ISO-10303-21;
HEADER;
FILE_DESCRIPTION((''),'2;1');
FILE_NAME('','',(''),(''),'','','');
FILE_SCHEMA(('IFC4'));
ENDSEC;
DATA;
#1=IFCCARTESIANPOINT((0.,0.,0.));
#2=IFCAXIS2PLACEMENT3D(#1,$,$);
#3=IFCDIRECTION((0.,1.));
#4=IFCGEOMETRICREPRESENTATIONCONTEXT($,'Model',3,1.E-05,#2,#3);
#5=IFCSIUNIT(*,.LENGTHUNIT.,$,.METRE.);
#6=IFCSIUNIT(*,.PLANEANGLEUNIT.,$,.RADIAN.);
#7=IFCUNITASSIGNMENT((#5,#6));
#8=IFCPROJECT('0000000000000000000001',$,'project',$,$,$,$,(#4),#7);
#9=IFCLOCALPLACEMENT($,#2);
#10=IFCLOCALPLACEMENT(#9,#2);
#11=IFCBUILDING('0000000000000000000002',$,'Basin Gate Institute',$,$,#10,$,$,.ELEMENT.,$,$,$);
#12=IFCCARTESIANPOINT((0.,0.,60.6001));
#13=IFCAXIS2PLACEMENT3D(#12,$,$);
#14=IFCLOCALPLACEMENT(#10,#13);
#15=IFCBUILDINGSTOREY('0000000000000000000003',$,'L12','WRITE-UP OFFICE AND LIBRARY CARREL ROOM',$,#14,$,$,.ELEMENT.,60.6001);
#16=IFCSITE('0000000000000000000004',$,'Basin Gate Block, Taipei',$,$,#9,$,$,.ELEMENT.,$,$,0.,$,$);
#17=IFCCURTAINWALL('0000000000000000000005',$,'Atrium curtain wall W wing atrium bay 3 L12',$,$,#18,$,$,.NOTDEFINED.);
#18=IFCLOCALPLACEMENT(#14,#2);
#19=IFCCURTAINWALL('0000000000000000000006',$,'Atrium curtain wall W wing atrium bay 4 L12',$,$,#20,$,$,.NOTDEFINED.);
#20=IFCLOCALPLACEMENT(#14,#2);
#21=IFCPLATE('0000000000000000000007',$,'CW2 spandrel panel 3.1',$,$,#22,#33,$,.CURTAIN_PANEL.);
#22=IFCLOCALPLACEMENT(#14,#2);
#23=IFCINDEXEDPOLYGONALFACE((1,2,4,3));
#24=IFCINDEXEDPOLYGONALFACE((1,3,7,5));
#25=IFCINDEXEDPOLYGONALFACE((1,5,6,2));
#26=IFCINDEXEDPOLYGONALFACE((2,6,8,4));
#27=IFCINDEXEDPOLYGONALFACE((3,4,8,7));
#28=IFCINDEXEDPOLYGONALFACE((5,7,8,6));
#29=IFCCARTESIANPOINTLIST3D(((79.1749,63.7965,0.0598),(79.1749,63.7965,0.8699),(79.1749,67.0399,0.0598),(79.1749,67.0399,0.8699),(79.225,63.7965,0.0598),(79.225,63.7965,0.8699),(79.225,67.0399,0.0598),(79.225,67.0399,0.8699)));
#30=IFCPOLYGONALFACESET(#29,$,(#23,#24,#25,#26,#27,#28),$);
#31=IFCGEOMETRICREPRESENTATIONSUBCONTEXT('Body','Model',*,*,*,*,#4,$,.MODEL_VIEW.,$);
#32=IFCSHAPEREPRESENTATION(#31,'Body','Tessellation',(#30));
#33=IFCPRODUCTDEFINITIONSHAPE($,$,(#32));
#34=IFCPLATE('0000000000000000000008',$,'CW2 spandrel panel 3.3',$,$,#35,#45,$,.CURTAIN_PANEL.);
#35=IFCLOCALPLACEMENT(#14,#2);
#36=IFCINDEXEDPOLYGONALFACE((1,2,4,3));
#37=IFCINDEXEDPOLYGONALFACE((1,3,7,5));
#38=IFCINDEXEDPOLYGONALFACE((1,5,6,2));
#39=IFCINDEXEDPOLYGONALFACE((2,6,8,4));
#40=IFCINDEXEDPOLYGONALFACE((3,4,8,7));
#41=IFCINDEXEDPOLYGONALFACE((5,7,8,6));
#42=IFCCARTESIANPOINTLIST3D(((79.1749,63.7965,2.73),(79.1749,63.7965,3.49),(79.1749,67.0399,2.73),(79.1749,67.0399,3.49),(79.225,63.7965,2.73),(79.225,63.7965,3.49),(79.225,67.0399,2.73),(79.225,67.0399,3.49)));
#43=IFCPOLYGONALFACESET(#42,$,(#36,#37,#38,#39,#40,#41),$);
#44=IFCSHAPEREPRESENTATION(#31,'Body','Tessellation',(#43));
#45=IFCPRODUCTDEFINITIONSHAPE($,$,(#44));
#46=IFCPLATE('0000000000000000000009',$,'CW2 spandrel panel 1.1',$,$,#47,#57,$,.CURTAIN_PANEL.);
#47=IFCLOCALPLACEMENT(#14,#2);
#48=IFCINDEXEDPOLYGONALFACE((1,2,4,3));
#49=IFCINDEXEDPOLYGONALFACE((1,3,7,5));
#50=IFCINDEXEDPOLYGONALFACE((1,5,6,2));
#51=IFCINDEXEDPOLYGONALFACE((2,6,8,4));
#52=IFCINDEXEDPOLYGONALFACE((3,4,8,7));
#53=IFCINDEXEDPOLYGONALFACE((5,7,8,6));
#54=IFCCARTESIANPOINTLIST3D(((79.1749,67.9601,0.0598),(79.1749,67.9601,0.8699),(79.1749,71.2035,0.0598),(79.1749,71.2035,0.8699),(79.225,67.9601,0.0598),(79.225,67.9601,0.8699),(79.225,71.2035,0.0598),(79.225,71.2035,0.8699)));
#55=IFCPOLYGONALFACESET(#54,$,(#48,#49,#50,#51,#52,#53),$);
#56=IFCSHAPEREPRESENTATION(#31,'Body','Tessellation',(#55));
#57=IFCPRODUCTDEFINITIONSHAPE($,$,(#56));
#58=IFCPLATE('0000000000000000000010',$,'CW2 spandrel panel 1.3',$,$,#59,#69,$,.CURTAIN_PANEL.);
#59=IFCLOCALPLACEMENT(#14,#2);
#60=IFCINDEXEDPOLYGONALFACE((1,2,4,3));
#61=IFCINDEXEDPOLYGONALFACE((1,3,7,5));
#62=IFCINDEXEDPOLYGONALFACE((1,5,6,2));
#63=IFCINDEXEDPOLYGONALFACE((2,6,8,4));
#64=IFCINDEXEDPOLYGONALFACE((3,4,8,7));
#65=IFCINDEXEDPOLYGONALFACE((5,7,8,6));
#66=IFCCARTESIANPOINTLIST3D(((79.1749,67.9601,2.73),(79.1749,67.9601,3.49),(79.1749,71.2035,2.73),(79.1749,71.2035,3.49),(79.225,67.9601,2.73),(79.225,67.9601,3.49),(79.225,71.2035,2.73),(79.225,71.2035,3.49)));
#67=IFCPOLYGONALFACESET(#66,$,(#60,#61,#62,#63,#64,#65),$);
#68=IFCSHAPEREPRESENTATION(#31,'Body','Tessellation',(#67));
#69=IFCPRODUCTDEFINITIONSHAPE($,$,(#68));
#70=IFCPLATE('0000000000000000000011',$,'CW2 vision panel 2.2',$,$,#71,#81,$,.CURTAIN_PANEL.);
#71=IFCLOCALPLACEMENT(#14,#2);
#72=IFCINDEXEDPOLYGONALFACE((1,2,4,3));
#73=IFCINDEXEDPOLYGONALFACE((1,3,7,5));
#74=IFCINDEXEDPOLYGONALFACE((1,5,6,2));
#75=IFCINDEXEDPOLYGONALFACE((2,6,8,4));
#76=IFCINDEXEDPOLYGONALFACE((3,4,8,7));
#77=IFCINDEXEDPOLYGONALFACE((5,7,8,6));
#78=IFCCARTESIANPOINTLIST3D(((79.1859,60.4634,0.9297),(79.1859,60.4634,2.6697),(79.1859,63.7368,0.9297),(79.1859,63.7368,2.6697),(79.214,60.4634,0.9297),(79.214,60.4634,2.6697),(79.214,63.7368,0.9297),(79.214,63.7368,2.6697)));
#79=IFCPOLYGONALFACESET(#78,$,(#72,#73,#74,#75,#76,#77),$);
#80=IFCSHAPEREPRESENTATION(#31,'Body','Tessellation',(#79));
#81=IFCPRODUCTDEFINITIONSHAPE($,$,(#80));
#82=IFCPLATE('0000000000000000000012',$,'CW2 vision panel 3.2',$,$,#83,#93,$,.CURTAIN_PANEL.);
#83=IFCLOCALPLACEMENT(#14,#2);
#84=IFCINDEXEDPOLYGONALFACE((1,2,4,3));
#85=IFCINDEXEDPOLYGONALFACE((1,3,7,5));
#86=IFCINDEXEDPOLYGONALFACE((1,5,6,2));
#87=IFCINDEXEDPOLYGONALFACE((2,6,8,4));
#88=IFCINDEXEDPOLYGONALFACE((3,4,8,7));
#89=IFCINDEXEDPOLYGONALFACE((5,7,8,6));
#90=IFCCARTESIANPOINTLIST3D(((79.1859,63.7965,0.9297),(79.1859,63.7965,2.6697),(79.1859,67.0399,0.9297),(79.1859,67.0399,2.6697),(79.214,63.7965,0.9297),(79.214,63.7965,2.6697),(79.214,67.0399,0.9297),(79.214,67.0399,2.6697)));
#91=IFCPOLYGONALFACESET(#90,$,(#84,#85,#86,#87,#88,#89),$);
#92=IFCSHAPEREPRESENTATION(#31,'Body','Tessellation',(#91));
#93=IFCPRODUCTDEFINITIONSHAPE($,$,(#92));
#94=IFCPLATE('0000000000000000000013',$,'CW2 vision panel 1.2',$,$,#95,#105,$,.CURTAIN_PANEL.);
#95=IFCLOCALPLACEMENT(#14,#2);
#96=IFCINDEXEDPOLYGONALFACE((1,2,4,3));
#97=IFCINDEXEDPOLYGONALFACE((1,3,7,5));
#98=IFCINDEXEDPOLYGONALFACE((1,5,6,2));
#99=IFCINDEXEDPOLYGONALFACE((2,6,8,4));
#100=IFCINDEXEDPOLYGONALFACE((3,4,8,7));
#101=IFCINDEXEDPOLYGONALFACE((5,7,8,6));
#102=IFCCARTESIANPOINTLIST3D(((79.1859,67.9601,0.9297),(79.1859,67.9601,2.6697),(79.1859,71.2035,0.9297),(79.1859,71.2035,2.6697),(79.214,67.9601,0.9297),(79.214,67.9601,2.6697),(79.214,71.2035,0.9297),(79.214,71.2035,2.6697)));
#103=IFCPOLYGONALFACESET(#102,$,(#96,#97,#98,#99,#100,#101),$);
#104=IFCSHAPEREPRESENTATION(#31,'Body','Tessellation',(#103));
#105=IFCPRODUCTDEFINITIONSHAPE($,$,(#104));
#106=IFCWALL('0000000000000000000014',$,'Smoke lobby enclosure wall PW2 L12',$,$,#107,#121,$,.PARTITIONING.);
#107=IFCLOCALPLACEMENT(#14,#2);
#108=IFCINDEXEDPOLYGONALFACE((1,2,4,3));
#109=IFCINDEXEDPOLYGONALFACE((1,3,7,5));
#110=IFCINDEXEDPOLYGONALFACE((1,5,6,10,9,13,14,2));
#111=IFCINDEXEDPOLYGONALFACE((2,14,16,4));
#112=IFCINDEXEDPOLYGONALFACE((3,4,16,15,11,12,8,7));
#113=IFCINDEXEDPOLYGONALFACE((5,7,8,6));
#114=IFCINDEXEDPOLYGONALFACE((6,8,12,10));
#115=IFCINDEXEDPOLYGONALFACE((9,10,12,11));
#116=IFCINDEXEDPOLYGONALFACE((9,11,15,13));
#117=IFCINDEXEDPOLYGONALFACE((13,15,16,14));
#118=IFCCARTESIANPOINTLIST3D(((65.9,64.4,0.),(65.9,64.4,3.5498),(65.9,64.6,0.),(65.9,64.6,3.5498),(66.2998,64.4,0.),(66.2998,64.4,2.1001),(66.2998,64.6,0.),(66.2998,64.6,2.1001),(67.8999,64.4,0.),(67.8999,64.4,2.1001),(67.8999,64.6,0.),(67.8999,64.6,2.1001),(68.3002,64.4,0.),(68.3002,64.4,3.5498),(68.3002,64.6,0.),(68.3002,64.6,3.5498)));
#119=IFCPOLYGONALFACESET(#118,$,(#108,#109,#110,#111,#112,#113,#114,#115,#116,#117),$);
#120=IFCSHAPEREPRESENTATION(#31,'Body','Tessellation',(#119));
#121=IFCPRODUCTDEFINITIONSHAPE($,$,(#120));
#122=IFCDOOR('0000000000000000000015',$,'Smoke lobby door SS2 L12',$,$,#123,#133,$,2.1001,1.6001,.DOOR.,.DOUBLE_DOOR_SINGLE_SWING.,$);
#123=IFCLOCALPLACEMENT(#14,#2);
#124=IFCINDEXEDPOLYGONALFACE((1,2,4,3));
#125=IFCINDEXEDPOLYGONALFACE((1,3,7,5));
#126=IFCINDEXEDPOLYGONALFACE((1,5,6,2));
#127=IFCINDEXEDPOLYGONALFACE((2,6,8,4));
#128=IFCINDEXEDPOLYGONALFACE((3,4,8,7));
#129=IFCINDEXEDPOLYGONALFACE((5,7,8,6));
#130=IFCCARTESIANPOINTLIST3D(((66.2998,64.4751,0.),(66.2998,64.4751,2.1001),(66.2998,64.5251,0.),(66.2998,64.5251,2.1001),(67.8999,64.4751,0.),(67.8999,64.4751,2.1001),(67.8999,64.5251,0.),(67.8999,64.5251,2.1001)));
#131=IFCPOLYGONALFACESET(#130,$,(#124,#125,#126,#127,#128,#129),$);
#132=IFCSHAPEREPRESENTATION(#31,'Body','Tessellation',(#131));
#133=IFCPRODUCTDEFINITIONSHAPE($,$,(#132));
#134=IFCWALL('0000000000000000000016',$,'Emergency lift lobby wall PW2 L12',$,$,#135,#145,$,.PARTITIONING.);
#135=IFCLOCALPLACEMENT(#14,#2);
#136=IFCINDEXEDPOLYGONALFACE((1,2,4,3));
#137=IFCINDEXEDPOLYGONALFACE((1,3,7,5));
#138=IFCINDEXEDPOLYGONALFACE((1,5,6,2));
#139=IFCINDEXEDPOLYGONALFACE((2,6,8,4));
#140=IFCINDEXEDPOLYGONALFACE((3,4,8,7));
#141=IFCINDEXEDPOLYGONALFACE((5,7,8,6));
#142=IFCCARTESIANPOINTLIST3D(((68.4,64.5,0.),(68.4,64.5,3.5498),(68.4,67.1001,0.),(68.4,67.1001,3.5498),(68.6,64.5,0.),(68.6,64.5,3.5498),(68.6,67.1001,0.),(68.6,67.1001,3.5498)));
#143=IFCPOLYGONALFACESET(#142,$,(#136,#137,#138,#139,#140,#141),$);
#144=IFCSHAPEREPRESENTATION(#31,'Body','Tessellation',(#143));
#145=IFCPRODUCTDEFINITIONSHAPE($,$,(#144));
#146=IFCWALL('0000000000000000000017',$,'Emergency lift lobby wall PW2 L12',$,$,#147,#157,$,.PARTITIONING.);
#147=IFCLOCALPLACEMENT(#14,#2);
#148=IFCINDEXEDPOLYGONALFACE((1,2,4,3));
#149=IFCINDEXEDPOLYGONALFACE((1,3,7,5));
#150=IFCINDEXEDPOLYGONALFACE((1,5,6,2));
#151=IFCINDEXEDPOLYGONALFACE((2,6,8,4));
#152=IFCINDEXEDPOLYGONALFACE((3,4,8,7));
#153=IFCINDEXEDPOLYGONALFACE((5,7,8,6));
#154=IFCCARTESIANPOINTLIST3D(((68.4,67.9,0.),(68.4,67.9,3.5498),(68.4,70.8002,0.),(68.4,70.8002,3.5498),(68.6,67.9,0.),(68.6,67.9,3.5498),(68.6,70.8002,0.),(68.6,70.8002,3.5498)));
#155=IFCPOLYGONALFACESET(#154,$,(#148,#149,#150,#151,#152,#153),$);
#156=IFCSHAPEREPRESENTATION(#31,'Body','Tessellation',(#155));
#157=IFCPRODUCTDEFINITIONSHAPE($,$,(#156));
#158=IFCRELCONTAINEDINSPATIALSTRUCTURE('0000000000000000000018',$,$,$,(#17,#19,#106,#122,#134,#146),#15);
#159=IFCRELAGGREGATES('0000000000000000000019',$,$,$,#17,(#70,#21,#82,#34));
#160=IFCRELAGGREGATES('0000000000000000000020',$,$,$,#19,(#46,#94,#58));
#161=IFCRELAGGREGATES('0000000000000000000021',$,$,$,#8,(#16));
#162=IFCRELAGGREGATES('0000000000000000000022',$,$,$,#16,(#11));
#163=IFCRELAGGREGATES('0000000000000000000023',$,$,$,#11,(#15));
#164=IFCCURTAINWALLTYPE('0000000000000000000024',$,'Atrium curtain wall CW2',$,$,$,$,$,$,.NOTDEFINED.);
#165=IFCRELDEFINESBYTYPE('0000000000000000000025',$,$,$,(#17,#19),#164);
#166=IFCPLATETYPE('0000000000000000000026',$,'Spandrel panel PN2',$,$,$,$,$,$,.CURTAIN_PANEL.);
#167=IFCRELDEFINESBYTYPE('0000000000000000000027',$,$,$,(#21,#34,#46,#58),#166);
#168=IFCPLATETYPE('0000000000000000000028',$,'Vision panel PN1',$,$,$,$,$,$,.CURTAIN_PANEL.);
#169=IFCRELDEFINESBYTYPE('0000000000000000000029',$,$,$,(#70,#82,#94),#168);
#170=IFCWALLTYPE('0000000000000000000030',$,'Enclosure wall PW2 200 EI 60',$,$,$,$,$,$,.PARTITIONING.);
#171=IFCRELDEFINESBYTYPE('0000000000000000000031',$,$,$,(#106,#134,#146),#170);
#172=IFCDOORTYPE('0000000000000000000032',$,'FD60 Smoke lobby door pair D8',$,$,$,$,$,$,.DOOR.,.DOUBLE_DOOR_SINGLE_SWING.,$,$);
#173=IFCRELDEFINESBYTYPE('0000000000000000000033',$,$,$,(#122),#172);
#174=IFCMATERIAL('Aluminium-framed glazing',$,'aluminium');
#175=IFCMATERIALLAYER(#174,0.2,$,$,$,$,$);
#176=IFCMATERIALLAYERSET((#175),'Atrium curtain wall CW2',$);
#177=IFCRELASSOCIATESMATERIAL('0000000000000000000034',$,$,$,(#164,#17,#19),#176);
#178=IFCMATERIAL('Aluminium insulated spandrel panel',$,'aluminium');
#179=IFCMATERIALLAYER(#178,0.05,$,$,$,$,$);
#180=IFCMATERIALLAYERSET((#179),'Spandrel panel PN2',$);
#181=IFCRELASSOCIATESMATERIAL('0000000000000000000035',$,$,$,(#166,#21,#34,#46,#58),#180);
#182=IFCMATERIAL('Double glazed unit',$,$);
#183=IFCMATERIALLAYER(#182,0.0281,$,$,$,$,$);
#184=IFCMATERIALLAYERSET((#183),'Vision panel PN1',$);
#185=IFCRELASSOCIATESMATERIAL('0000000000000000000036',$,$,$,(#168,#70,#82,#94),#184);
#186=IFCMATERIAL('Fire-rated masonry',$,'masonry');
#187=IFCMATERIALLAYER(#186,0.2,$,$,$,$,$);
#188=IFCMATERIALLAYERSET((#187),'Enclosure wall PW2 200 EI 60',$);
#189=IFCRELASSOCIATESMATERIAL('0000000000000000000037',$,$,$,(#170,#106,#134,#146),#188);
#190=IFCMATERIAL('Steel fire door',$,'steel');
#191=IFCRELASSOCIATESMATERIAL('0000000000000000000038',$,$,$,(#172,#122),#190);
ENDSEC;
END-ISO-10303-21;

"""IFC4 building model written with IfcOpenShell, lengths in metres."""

from ifc_helpers import new_model, si_unit, direction, frame, frame_2d, origin, origin_2d, place, context, subcontext, project, spatial, rectangle, extrude, material, layer, layer_set, type_object, element, fill, aggregate, save


model = new_model("IFC4")

# Units and contexts
model_context = context("Model", 3, precision=1e-05, world=origin(), true_north=direction((0.0, 1.0)))
body_context = subcontext(model_context, "Body", "Model", "MODEL_VIEW")
ifc_project = project(units=[si_unit("LENGTHUNIT", "METRE"), si_unit("PLANEANGLEUNIT", "RADIAN")], contexts=[model_context])

# Site, building, storey
site_placement = place(None, origin())
site = spatial("IfcSite", under=ifc_project, at=site_placement, Name="Basin Gate Block, Taipei", CompositionType="ELEMENT", RefElevation=0.0)
building_placement = place(site_placement, origin())
building = spatial("IfcBuilding", under=site, at=building_placement, Name="Basin Gate Institute", CompositionType="ELEMENT")
storey_placement = place(building_placement, frame((0.0, 0.0, 60.6001)))
storey = spatial("IfcBuildingStorey", under=building, at=storey_placement, Name="L12", Description="WRITE-UP OFFICE AND LIBRARY CARREL ROOM", CompositionType="ELEMENT", Elevation=60.6001)

# Curtain wall
ifc_material_1 = material(Name="Aluminium-framed glazing", Category="aluminium")
ifc_layer_1 = layer(ifc_material_1, 0.2)
ifc_layer_set_1 = layer_set([ifc_layer_1], Name="Atrium curtain wall CW2")
curtain_wall_type = type_object("IfcCurtainWallType", Name="Atrium curtain wall CW2", PredefinedType="NOTDEFINED", material=ifc_layer_set_1)
curtain_wall_1_placement = place(storey_placement, origin())
curtain_wall_1 = element("IfcCurtainWall", 1, at=curtain_wall_1_placement, inside=storey, type_object=curtain_wall_type, material=ifc_layer_set_1, Name="Atrium curtain wall W wing atrium bay 3 L12", PredefinedType="NOTDEFINED")

# Curtain wall
curtain_wall_2_placement = place(storey_placement, origin())
curtain_wall_2 = element("IfcCurtainWall", 2, at=curtain_wall_2_placement, inside=storey, type_object=curtain_wall_type, material=ifc_layer_set_1, Name="Atrium curtain wall W wing atrium bay 4 L12", PredefinedType="NOTDEFINED")

# Plates
ifc_material_2 = material(Name="Aluminium insulated spandrel panel", Category="aluminium")
ifc_layer_2 = layer(ifc_material_2, 0.05)
ifc_layer_set_2 = layer_set([ifc_layer_2], Name="Spandrel panel PN2")
plate_type_1 = type_object("IfcPlateType", Name="Spandrel panel PN2", PredefinedType="CURTAIN_PANEL", material=ifc_layer_set_2)
plate_1_placement = place(storey_placement, frame((79.2, 65.4182, 0.0598), z_axis=(0.0, 0.0, 1.0), x_axis=(0.0, 1.0, 0.0)))
plate_1 = element("IfcPlate", 3, at=plate_1_placement, type_object=plate_type_1, material=ifc_layer_set_2, Name="CW2 spandrel panel 3.1", PredefinedType="CURTAIN_PANEL", context=body_context, shape_type="SweptSolid", body=[
    extrude(rectangle(XDim=3.2434, YDim=0.05, at=origin_2d()), origin(), (0.0, 0.0, 1.0), 0.8101),
])
plate_2_placement = place(storey_placement, frame((79.2, 65.4182, 2.73), z_axis=(0.0, 0.0, 1.0), x_axis=(0.0, 1.0, 0.0)))
plate_2 = element("IfcPlate", 4, at=plate_2_placement, type_object=plate_type_1, material=ifc_layer_set_2, Name="CW2 spandrel panel 3.3", PredefinedType="CURTAIN_PANEL", context=body_context, shape_type="SweptSolid", body=[
    extrude(rectangle(XDim=3.2434, YDim=0.05, at=origin_2d()), origin(), (0.0, 0.0, 1.0), 0.76),
])
plate_3_placement = place(storey_placement, frame((79.2, 69.5818, 0.0598), z_axis=(0.0, 0.0, 1.0), x_axis=(0.0, 1.0, 0.0)))
plate_3 = element("IfcPlate", 5, at=plate_3_placement, type_object=plate_type_1, material=ifc_layer_set_2, Name="CW2 spandrel panel 1.1", PredefinedType="CURTAIN_PANEL", context=body_context, shape_type="SweptSolid", body=[
    extrude(rectangle(XDim=3.2434, YDim=0.05, at=origin_2d()), origin(), (0.0, 0.0, 1.0), 0.8101),
])
plate_4_placement = place(storey_placement, frame((79.2, 69.5818, 2.73), z_axis=(0.0, 0.0, 1.0), x_axis=(0.0, 1.0, 0.0)))
plate_4 = element("IfcPlate", 6, at=plate_4_placement, type_object=plate_type_1, material=ifc_layer_set_2, Name="CW2 spandrel panel 1.3", PredefinedType="CURTAIN_PANEL", context=body_context, shape_type="SweptSolid", body=[
    extrude(rectangle(XDim=3.2434, YDim=0.05, at=origin_2d()), origin(), (0.0, 0.0, 1.0), 0.76),
])
ifc_material_3 = material(Name="Double glazed unit")
ifc_layer_3 = layer(ifc_material_3, 0.0281)
ifc_layer_set_3 = layer_set([ifc_layer_3], Name="Vision panel PN1")
plate_type_2 = type_object("IfcPlateType", Name="Vision panel PN1", PredefinedType="CURTAIN_PANEL", material=ifc_layer_set_3)
plate_5_placement = place(storey_placement, frame((79.2, 62.1001, 0.9297), z_axis=(0.0, 0.0, 1.0), x_axis=(0.0, 1.0, 0.0)))
plate_5 = element("IfcPlate", 7, at=plate_5_placement, type_object=plate_type_2, material=ifc_layer_set_3, Name="CW2 vision panel 2.2", PredefinedType="CURTAIN_PANEL", context=body_context, shape_type="SweptSolid", body=[
    extrude(rectangle(XDim=3.2734, YDim=0.0281, at=origin_2d()), origin(), (0.0, 0.0, 1.0), 1.74),
])
plate_6_placement = place(storey_placement, frame((79.2, 65.4182, 0.9297), z_axis=(0.0, 0.0, 1.0), x_axis=(0.0, 1.0, 0.0)))
plate_6 = element("IfcPlate", 8, at=plate_6_placement, type_object=plate_type_2, material=ifc_layer_set_3, Name="CW2 vision panel 3.2", PredefinedType="CURTAIN_PANEL", context=body_context, shape_type="SweptSolid", body=[
    extrude(rectangle(XDim=3.2434, YDim=0.0281, at=origin_2d()), origin(), (0.0, 0.0, 1.0), 1.74),
])
aggregate(curtain_wall_1, [plate_5, plate_1, plate_6, plate_2])
plate_7_placement = place(storey_placement, frame((79.2, 69.5818, 0.9297), z_axis=(0.0, 0.0, 1.0), x_axis=(0.0, 1.0, 0.0)))
plate_7 = element("IfcPlate", 9, at=plate_7_placement, type_object=plate_type_2, material=ifc_layer_set_3, Name="CW2 vision panel 1.2", PredefinedType="CURTAIN_PANEL", context=body_context, shape_type="SweptSolid", body=[
    extrude(rectangle(XDim=3.2434, YDim=0.0281, at=origin_2d()), origin(), (0.0, 0.0, 1.0), 1.74),
])
aggregate(curtain_wall_2, [plate_3, plate_7, plate_4])

# Wall, opening, door
ifc_material_4 = material(Name="Fire-rated masonry", Category="masonry")
ifc_layer_4 = layer(ifc_material_4, 0.2)
ifc_layer_set_4 = layer_set([ifc_layer_4], Name="Enclosure wall PW2 200 EI 60")
wall_type = type_object("IfcWallType", Name="Enclosure wall PW2 200 EI 60", PredefinedType="PARTITIONING", material=ifc_layer_set_4)
wall_1_placement = place(storey_placement, frame((65.8999, 64.5, 0.0), z_axis=(0.0, 0.0, 1.0), x_axis=(1.0, 0.0, 0.0)))
wall_1 = element("IfcWall", 10, at=wall_1_placement, inside=storey, type_object=wall_type, material=ifc_layer_set_4, Name="Smoke lobby enclosure wall PW2 L12", PredefinedType="PARTITIONING", context=body_context, shape_type="SweptSolid", body=[
    extrude(rectangle(XDim=2.4001, YDim=0.2, at=frame_2d((1.2002, 0.0))), origin(), (0.0, 0.0, 1.0), 3.5498),
])
opening_placement = place(wall_1_placement, frame((0.3999, 0.0, 0.0)))
opening = element("IfcOpeningElement", 11, at=opening_placement, cuts=wall_1, PredefinedType="OPENING", context=body_context, shape_type="SweptSolid", body=[
    extrude(rectangle(XDim=1.6001, YDim=2.1001, at=frame_2d((0.8, 1.05))), frame((0.0, 0.1099, 0.0), z_axis=(0.0, -1.0, 0.0), x_axis=(1.0, 0.0, 0.0)), (0.0, 0.0, 1.0), 0.22),
])
ifc_material_5 = material(Name="Steel fire door", Category="steel")
door_type = type_object("IfcDoorType", Name="FD60 Smoke lobby door pair D8", OperationType="DOUBLE_DOOR_SINGLE_SWING", PredefinedType="DOOR", material=ifc_material_5)
door_placement = place(opening_placement, frame((1.6001, 0.0, 0.0), z_axis=(0.0, 0.0, 1.0), x_axis=(-1.0, 0.0, 0.0)))
door = element("IfcDoor", 12, at=door_placement, inside=storey, type_object=door_type, material=ifc_material_5, Name="Smoke lobby door SS2 L12", OperationType="DOUBLE_DOOR_SINGLE_SWING", OverallHeight=2.1001, OverallWidth=1.6001, PredefinedType="DOOR", context=body_context, shape_type="SweptSolid", body=[
    extrude(rectangle(XDim=1.6001, YDim=2.1001, at=frame_2d((0.8, 1.05))), frame((0.0, 0.0249, 0.0), z_axis=(0.0, -1.0, 0.0), x_axis=(1.0, 0.0, 0.0)), (0.0, 0.0, 1.0), 0.05),
])
fill(opening, door)

# Walls
wall_2_placement = place(storey_placement, frame((68.5, 64.5, 0.0), z_axis=(0.0, 0.0, 1.0), x_axis=(0.0, 1.0, 0.0)))
element("IfcWall", 13, at=wall_2_placement, inside=storey, type_object=wall_type, material=ifc_layer_set_4, Name="Emergency lift lobby wall PW2 L12", PredefinedType="PARTITIONING", context=body_context, shape_type="SweptSolid", body=[
    extrude(rectangle(XDim=2.6001, YDim=0.2, at=frame_2d((1.3, 0.0))), origin(), (0.0, 0.0, 1.0), 3.5498),
])
wall_3_placement = place(storey_placement, frame((68.5, 67.8999, 0.0), z_axis=(0.0, 0.0, 1.0), x_axis=(0.0, 1.0, 0.0)))
element("IfcWall", 14, at=wall_3_placement, inside=storey, type_object=wall_type, material=ifc_layer_set_4, Name="Emergency lift lobby wall PW2 L12", PredefinedType="PARTITIONING", context=body_context, shape_type="SweptSolid", body=[
    extrude(rectangle(XDim=2.9001, YDim=0.2, at=frame_2d((1.4502, 0.0))), origin(), (0.0, 0.0, 1.0), 3.5498),
])

save(model, "model.ifc")
